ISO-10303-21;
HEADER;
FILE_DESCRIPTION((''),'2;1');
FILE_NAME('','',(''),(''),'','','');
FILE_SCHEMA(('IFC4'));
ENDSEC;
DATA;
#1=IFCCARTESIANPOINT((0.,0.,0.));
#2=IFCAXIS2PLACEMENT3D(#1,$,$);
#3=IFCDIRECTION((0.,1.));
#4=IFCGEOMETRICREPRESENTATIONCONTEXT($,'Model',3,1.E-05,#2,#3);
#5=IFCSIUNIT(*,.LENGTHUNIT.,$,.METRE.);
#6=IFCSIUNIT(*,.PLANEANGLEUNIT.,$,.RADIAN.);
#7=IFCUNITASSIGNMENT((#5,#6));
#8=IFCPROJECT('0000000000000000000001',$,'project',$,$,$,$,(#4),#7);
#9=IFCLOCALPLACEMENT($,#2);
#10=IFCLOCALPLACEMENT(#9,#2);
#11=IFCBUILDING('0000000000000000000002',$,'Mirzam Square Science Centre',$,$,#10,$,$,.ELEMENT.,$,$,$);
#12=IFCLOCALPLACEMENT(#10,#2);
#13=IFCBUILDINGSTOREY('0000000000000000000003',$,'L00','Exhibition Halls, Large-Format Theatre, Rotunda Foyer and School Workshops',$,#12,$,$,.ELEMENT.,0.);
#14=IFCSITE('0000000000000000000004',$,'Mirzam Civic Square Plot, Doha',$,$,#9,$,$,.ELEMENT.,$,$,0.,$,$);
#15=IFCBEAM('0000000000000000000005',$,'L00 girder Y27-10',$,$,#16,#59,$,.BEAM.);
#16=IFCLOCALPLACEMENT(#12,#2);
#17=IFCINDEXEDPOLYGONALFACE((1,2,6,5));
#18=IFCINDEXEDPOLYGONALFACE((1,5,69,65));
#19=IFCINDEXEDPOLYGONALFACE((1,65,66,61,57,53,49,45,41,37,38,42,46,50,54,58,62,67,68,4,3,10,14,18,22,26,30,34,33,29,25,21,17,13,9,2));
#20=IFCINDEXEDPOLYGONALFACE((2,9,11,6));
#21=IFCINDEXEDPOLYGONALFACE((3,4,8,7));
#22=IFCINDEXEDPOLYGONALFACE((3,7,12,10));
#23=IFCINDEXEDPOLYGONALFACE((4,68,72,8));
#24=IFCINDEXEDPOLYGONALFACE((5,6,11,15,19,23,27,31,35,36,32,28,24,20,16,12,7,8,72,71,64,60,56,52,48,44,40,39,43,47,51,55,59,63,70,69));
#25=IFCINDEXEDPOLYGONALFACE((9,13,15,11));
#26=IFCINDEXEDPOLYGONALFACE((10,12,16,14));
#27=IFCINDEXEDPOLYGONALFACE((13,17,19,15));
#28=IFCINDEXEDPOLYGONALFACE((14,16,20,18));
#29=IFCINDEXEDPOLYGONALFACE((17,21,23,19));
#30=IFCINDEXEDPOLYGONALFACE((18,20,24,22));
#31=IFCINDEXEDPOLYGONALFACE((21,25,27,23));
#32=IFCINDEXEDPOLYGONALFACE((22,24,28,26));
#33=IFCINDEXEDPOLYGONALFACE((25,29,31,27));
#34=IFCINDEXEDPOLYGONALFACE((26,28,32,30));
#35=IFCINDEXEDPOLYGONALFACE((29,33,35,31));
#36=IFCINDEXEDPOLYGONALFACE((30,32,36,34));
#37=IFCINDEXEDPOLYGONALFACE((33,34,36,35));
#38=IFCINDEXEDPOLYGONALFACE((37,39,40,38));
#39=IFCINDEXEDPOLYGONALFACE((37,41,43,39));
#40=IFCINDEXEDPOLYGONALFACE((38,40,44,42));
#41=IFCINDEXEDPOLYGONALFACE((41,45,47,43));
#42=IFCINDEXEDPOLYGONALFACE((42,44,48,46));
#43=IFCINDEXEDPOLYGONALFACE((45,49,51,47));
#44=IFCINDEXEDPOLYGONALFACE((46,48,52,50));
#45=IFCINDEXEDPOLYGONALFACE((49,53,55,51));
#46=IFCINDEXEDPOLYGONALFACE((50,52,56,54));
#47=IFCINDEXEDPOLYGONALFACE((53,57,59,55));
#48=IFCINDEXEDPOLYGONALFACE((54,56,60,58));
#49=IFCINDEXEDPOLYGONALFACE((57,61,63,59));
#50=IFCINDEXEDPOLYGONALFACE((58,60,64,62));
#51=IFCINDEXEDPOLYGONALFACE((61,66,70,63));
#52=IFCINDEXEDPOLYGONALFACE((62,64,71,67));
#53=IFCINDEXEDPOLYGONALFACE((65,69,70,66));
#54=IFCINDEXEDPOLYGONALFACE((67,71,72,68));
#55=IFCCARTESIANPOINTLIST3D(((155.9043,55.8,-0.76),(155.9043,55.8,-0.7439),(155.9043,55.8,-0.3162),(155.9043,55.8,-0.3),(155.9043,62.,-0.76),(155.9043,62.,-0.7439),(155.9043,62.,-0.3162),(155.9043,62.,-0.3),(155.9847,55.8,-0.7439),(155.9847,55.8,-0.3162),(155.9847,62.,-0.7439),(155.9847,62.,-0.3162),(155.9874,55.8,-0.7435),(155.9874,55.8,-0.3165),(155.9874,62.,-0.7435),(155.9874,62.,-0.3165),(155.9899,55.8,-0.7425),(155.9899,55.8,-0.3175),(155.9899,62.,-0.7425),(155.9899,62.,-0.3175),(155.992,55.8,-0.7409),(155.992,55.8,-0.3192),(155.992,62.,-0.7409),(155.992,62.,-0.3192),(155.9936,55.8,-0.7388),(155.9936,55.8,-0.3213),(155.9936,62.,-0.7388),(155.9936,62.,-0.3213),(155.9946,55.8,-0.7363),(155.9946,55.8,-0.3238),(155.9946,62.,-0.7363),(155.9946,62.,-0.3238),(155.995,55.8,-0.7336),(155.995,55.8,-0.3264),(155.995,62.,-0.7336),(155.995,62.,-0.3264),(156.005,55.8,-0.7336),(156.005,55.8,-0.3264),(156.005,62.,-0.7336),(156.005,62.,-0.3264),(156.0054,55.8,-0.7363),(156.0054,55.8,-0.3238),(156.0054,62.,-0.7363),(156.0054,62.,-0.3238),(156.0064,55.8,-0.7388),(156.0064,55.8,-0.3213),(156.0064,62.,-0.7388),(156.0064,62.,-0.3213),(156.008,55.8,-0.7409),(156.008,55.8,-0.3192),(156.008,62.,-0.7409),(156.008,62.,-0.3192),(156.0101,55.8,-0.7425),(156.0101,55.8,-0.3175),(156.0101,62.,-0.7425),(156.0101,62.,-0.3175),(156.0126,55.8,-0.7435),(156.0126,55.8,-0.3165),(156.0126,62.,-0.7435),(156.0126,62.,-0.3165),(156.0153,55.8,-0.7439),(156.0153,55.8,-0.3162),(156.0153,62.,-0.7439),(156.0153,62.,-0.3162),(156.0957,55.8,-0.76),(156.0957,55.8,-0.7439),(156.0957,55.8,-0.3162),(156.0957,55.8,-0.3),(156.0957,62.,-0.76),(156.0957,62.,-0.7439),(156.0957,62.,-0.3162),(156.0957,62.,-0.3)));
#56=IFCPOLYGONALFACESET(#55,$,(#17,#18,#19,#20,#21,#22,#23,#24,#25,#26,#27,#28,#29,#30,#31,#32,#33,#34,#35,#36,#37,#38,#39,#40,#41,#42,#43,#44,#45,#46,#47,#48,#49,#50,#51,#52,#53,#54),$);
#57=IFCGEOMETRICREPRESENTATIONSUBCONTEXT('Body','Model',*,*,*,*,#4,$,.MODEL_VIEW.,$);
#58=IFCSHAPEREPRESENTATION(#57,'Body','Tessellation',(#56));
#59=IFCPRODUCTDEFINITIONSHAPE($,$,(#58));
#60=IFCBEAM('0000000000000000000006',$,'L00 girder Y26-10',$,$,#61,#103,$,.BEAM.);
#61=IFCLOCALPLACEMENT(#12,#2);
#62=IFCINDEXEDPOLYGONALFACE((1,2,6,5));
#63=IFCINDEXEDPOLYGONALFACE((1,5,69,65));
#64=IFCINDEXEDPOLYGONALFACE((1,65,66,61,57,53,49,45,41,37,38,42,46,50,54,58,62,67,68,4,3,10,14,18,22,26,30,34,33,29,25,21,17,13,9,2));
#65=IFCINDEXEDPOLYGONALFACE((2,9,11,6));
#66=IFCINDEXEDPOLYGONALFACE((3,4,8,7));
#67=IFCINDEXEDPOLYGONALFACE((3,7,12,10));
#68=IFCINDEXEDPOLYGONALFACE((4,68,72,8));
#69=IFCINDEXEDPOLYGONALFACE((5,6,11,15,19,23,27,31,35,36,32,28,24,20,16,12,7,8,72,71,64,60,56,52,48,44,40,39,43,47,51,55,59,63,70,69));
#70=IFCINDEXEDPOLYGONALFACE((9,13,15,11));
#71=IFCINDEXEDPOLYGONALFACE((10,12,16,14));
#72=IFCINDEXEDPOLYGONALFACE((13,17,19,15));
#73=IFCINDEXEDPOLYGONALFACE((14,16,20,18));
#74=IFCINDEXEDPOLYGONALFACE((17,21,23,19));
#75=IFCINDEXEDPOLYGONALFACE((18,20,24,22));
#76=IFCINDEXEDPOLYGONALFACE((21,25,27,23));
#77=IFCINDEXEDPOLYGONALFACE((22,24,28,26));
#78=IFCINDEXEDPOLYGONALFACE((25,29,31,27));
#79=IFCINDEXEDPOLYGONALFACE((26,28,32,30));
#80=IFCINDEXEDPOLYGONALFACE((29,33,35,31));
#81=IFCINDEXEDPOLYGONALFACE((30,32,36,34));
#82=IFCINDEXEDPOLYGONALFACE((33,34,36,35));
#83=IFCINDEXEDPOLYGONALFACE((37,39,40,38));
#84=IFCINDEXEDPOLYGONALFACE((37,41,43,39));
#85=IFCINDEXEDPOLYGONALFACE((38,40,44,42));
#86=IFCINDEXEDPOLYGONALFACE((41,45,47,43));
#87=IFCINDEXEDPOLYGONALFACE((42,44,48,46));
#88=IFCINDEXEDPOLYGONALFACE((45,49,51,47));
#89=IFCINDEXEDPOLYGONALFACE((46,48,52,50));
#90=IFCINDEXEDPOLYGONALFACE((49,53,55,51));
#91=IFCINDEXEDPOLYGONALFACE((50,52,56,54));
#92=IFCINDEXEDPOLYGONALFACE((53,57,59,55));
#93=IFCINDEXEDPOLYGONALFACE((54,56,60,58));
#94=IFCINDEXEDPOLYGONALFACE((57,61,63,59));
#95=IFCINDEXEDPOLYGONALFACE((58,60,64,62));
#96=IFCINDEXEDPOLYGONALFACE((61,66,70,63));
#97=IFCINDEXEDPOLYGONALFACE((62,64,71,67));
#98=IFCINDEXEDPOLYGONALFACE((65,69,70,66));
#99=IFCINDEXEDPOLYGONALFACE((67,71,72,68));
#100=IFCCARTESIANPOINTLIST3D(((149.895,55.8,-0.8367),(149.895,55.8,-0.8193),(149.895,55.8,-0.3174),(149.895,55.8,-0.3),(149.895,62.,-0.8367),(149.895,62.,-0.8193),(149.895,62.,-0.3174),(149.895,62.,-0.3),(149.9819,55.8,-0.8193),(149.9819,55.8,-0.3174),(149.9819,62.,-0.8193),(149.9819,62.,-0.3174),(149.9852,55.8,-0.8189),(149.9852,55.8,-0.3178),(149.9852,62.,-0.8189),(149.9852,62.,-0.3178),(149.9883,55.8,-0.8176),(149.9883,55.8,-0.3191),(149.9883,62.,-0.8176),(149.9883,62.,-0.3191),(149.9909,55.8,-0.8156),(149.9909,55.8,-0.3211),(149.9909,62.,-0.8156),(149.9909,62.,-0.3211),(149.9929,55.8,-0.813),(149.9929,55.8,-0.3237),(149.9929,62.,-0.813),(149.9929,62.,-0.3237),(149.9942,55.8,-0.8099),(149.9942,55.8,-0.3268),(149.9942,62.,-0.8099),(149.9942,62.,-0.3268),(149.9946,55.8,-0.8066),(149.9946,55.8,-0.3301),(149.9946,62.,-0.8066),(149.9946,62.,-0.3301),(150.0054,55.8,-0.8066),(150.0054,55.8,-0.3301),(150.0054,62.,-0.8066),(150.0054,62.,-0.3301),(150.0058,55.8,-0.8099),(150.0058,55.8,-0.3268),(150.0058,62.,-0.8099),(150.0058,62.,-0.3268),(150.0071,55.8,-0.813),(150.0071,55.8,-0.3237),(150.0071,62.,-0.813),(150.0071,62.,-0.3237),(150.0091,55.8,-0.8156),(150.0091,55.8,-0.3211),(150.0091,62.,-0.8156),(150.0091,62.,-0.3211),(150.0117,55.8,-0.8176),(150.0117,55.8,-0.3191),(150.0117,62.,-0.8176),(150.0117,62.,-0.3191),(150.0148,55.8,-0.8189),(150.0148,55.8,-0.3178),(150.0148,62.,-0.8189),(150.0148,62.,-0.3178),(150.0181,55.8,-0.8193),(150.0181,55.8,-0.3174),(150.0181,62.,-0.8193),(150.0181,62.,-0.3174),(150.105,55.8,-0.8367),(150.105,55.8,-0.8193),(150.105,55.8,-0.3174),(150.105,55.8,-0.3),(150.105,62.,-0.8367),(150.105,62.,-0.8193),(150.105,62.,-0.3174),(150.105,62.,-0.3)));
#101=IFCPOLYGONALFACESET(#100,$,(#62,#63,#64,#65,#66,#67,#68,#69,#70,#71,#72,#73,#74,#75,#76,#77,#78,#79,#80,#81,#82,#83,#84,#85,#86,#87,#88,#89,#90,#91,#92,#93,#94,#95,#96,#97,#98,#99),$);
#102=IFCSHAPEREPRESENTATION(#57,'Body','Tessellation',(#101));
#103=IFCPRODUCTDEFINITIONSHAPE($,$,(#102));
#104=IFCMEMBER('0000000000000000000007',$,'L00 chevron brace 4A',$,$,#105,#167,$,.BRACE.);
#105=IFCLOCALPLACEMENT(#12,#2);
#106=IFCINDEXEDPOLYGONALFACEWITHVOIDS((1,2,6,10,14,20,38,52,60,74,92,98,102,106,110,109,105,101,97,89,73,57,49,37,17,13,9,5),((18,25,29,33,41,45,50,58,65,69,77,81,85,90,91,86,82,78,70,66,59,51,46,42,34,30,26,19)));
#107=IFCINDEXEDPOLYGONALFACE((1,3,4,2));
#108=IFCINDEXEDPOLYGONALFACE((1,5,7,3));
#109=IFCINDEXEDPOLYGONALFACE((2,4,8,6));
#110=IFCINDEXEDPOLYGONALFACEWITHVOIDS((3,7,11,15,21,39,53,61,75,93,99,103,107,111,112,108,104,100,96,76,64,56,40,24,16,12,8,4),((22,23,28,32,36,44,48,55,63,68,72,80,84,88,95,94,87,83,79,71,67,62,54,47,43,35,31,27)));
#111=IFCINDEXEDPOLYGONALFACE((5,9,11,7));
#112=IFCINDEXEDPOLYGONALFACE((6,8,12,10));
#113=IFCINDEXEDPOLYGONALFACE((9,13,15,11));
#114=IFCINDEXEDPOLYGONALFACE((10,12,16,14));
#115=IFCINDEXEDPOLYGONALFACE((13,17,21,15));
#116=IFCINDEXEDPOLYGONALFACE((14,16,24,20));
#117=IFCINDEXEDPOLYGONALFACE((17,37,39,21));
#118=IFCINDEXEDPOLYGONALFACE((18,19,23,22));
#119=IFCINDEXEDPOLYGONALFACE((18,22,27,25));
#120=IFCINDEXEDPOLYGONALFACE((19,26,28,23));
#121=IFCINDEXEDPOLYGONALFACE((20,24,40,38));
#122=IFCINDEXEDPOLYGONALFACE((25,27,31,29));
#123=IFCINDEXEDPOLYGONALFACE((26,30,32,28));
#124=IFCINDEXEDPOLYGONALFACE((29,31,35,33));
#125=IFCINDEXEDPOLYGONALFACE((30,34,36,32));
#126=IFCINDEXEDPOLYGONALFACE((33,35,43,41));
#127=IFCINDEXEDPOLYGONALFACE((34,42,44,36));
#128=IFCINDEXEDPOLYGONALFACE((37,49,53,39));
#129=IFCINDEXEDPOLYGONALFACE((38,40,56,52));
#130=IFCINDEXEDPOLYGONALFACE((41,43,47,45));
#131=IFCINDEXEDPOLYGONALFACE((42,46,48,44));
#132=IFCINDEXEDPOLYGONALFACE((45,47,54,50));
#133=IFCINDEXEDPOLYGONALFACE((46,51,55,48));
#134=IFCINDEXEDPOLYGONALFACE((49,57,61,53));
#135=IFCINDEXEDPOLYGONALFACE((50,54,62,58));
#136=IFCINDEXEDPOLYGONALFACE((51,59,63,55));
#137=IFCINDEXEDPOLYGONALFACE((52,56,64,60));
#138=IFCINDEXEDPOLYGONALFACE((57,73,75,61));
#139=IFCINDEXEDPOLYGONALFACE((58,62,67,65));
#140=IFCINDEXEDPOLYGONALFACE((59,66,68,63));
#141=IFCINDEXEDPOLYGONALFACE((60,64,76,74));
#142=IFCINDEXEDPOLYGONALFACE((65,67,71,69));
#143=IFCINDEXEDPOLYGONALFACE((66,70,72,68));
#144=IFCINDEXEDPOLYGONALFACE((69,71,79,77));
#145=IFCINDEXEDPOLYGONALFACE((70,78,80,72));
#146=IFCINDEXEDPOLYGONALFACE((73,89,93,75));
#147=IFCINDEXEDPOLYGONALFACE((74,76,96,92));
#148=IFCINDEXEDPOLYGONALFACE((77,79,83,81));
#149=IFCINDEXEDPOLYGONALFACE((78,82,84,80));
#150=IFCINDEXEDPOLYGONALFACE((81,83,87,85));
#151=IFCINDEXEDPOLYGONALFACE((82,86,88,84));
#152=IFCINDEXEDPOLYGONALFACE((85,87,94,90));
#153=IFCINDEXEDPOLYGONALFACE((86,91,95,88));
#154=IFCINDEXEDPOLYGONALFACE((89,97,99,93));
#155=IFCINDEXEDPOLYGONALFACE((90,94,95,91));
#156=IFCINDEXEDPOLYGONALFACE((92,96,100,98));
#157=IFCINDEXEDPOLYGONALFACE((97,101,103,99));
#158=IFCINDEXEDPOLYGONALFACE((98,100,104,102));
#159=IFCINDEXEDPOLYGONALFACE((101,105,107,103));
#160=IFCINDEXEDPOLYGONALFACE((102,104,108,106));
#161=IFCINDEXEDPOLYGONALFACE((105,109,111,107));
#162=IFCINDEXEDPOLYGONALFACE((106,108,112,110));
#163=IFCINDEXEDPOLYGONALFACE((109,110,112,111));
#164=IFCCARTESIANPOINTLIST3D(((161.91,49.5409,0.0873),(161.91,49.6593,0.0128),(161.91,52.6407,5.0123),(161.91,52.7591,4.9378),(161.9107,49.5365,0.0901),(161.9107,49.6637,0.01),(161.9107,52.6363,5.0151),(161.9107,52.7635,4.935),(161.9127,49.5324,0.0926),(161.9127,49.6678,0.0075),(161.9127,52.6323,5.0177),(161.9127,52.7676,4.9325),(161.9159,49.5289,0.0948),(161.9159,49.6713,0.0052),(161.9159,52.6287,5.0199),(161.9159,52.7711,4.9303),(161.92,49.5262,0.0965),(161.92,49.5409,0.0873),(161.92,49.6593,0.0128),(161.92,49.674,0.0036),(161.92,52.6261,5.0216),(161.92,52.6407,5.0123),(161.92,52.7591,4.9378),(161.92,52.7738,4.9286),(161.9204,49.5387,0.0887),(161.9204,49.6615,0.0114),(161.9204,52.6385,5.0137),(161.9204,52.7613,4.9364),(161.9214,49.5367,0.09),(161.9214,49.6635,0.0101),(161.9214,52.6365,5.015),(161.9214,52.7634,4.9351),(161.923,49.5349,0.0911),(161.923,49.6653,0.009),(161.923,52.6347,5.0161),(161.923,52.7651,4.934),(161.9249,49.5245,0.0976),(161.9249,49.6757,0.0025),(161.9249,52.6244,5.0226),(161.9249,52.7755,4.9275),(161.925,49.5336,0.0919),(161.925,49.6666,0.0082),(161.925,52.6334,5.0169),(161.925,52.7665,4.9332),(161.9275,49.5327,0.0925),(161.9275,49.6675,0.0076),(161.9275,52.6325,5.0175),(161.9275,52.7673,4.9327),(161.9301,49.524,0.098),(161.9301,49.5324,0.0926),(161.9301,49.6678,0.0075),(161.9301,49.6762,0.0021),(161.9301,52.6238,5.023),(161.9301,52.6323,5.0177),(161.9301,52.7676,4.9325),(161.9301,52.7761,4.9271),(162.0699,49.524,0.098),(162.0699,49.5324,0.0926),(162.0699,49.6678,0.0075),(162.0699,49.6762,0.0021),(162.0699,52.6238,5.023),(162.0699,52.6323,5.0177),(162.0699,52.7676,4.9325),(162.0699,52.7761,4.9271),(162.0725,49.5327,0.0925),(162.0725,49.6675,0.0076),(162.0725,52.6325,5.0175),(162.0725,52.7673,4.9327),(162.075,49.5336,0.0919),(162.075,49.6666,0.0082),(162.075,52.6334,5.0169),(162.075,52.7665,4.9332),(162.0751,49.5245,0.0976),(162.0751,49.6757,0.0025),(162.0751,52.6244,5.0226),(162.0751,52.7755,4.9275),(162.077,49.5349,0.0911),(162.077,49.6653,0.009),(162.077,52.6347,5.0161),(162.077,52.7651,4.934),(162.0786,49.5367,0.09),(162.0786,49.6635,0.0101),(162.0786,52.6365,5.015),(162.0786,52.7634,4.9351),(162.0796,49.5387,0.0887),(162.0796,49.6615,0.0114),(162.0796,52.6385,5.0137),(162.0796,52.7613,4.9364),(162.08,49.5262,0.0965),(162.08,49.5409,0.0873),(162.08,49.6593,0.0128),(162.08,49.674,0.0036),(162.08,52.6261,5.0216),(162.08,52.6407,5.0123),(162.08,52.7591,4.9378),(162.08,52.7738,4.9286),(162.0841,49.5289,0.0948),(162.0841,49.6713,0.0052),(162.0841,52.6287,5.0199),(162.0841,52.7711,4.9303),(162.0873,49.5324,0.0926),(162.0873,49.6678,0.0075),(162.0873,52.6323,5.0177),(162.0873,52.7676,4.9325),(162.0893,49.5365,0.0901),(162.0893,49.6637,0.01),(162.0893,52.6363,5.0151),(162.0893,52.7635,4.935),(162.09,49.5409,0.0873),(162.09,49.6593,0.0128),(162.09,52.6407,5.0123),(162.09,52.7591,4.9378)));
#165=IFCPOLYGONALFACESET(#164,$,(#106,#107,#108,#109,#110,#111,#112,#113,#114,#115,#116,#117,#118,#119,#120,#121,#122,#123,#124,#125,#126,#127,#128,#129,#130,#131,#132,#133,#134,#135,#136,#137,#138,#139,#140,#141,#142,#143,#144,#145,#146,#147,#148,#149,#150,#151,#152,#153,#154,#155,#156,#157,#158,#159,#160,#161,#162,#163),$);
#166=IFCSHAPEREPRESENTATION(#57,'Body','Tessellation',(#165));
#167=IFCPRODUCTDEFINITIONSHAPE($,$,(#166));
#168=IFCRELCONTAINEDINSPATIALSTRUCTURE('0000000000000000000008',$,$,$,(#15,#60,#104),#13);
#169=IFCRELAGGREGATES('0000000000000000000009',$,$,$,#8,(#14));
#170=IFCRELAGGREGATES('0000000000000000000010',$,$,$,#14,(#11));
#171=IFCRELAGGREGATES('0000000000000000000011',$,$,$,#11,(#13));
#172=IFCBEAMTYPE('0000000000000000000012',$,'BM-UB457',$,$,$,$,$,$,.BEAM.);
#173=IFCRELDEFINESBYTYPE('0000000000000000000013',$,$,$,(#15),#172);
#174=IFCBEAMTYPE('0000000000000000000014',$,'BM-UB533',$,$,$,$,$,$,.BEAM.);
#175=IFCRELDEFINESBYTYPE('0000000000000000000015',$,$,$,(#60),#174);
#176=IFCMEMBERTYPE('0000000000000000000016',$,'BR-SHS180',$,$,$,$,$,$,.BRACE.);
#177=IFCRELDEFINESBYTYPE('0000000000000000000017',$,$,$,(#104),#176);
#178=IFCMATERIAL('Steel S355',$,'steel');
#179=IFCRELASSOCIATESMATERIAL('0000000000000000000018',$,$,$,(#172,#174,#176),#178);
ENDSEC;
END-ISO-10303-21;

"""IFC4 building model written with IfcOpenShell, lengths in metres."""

from ifc_helpers import new_model, si_unit, direction, frame, origin, origin_2d, place, context, subcontext, project, spatial, hollow_rectangle, i_section, extrude, material, material_profile, profile_set, type_object, element, save


model = new_model("IFC4")

# Units and contexts
model_context = context("Model", 3, precision=1e-05, world=origin(), true_north=direction((0.0, 1.0)))
body_context = subcontext(model_context, "Body", "Model", "MODEL_VIEW")
ifc_project = project(units=[si_unit("LENGTHUNIT", "METRE"), si_unit("PLANEANGLEUNIT", "RADIAN")], contexts=[model_context])

# Site, building, storey
site_placement = place(None, origin())
site = spatial("IfcSite", under=ifc_project, at=site_placement, Name="Mirzam Civic Square Plot, Doha", CompositionType="ELEMENT", RefElevation=0.0)
building_placement = place(site_placement, origin())
building = spatial("IfcBuilding", under=site, at=building_placement, Name="Mirzam Square Science Centre", CompositionType="ELEMENT")
storey_placement = place(building_placement, origin())
storey = spatial("IfcBuildingStorey", under=building, at=storey_placement, Name="L00", Description="Exhibition Halls, Large-Format Theatre, Rotunda Foyer and School Workshops", CompositionType="ELEMENT", Elevation=0.0)

# Shared definitions
ifc_material_1 = material(Name="Steel S355", Category="steel")

# Beams
ifc_material_profile_1 = material_profile(ifc_material_1, i_section(OverallWidth=0.1914, OverallDepth=0.46, WebThickness=0.01, FlangeThickness=0.0161, FilletRadius=0.0103, at=origin_2d()), Name="457x191x82UB")
ifc_profile_set_1 = profile_set([ifc_material_profile_1], Name="Steel S355")
beam_type_1 = type_object("IfcBeamType", Name="BM-UB457", PredefinedType="BEAM", material=ifc_profile_set_1)
beam_1_placement = place(storey_placement, frame((156.0, 55.8, -0.53), z_axis=(0.0, 1.0, 0.0), x_axis=(-1.0, 0.0, 0.0)))
element("IfcBeam", 1, at=beam_1_placement, inside=storey, type_object=beam_type_1, Name="L00 girder Y27-10", PredefinedType="BEAM", context=body_context, shape_type="SweptSolid", body=[
    extrude(i_section(OverallWidth=0.1914, OverallDepth=0.46, WebThickness=0.01, FlangeThickness=0.0161, FilletRadius=0.0103, at=origin_2d()), origin(), (0.0, 0.0, 1.0), 6.2),
])
ifc_material_profile_2 = material_profile(ifc_material_1, i_section(OverallWidth=0.21, OverallDepth=0.5366, WebThickness=0.0107, FlangeThickness=0.0173, FilletRadius=0.0127, at=origin_2d()), Name="533x210x101UB")
ifc_profile_set_2 = profile_set([ifc_material_profile_2], Name="Steel S355")
beam_type_2 = type_object("IfcBeamType", Name="BM-UB533", PredefinedType="BEAM", material=ifc_profile_set_2)
beam_2_placement = place(storey_placement, frame((150.0, 55.8, -0.5684), z_axis=(0.0, 1.0, 0.0), x_axis=(-1.0, 0.0, 0.0)))
element("IfcBeam", 2, at=beam_2_placement, inside=storey, type_object=beam_type_2, Name="L00 girder Y26-10", PredefinedType="BEAM", context=body_context, shape_type="SweptSolid", body=[
    extrude(i_section(OverallWidth=0.21, OverallDepth=0.5366, WebThickness=0.0107, FlangeThickness=0.0173, FilletRadius=0.0127, at=origin_2d()), origin(), (0.0, 0.0, 1.0), 6.2),
])

# Member
ifc_material_profile_3 = material_profile(ifc_material_1, hollow_rectangle(XDim=0.1799, YDim=0.1799, WallThickness=0.01, InnerFilletRadius=0.01, OuterFilletRadius=0.02, at=origin_2d()), Name="180x180x10.0SHS")
ifc_profile_set_3 = profile_set([ifc_material_profile_3], Name="Steel S355")
member_type = type_object("IfcMemberType", Name="BR-SHS180", PredefinedType="BRACE", material=ifc_profile_set_3)
member_1_placement = place(storey_placement, frame((162.0, 49.6001, 0.05), z_axis=(0.0, 0.532678, 0.846318), x_axis=(-1.0, 0.0, 0.0)))
element("IfcMember", 3, at=member_1_placement, inside=storey, type_object=member_type, Name="L00 chevron brace 4A", PredefinedType="BRACE", context=body_context, shape_type="SweptSolid", body=[
    extrude(hollow_rectangle(XDim=0.1799, YDim=0.1799, WallThickness=0.01, InnerFilletRadius=0.01, OuterFilletRadius=0.02, at=origin_2d()), origin(), (0.0, 0.0, 1.0), 5.8193),
])

save(model, "model.ifc")
